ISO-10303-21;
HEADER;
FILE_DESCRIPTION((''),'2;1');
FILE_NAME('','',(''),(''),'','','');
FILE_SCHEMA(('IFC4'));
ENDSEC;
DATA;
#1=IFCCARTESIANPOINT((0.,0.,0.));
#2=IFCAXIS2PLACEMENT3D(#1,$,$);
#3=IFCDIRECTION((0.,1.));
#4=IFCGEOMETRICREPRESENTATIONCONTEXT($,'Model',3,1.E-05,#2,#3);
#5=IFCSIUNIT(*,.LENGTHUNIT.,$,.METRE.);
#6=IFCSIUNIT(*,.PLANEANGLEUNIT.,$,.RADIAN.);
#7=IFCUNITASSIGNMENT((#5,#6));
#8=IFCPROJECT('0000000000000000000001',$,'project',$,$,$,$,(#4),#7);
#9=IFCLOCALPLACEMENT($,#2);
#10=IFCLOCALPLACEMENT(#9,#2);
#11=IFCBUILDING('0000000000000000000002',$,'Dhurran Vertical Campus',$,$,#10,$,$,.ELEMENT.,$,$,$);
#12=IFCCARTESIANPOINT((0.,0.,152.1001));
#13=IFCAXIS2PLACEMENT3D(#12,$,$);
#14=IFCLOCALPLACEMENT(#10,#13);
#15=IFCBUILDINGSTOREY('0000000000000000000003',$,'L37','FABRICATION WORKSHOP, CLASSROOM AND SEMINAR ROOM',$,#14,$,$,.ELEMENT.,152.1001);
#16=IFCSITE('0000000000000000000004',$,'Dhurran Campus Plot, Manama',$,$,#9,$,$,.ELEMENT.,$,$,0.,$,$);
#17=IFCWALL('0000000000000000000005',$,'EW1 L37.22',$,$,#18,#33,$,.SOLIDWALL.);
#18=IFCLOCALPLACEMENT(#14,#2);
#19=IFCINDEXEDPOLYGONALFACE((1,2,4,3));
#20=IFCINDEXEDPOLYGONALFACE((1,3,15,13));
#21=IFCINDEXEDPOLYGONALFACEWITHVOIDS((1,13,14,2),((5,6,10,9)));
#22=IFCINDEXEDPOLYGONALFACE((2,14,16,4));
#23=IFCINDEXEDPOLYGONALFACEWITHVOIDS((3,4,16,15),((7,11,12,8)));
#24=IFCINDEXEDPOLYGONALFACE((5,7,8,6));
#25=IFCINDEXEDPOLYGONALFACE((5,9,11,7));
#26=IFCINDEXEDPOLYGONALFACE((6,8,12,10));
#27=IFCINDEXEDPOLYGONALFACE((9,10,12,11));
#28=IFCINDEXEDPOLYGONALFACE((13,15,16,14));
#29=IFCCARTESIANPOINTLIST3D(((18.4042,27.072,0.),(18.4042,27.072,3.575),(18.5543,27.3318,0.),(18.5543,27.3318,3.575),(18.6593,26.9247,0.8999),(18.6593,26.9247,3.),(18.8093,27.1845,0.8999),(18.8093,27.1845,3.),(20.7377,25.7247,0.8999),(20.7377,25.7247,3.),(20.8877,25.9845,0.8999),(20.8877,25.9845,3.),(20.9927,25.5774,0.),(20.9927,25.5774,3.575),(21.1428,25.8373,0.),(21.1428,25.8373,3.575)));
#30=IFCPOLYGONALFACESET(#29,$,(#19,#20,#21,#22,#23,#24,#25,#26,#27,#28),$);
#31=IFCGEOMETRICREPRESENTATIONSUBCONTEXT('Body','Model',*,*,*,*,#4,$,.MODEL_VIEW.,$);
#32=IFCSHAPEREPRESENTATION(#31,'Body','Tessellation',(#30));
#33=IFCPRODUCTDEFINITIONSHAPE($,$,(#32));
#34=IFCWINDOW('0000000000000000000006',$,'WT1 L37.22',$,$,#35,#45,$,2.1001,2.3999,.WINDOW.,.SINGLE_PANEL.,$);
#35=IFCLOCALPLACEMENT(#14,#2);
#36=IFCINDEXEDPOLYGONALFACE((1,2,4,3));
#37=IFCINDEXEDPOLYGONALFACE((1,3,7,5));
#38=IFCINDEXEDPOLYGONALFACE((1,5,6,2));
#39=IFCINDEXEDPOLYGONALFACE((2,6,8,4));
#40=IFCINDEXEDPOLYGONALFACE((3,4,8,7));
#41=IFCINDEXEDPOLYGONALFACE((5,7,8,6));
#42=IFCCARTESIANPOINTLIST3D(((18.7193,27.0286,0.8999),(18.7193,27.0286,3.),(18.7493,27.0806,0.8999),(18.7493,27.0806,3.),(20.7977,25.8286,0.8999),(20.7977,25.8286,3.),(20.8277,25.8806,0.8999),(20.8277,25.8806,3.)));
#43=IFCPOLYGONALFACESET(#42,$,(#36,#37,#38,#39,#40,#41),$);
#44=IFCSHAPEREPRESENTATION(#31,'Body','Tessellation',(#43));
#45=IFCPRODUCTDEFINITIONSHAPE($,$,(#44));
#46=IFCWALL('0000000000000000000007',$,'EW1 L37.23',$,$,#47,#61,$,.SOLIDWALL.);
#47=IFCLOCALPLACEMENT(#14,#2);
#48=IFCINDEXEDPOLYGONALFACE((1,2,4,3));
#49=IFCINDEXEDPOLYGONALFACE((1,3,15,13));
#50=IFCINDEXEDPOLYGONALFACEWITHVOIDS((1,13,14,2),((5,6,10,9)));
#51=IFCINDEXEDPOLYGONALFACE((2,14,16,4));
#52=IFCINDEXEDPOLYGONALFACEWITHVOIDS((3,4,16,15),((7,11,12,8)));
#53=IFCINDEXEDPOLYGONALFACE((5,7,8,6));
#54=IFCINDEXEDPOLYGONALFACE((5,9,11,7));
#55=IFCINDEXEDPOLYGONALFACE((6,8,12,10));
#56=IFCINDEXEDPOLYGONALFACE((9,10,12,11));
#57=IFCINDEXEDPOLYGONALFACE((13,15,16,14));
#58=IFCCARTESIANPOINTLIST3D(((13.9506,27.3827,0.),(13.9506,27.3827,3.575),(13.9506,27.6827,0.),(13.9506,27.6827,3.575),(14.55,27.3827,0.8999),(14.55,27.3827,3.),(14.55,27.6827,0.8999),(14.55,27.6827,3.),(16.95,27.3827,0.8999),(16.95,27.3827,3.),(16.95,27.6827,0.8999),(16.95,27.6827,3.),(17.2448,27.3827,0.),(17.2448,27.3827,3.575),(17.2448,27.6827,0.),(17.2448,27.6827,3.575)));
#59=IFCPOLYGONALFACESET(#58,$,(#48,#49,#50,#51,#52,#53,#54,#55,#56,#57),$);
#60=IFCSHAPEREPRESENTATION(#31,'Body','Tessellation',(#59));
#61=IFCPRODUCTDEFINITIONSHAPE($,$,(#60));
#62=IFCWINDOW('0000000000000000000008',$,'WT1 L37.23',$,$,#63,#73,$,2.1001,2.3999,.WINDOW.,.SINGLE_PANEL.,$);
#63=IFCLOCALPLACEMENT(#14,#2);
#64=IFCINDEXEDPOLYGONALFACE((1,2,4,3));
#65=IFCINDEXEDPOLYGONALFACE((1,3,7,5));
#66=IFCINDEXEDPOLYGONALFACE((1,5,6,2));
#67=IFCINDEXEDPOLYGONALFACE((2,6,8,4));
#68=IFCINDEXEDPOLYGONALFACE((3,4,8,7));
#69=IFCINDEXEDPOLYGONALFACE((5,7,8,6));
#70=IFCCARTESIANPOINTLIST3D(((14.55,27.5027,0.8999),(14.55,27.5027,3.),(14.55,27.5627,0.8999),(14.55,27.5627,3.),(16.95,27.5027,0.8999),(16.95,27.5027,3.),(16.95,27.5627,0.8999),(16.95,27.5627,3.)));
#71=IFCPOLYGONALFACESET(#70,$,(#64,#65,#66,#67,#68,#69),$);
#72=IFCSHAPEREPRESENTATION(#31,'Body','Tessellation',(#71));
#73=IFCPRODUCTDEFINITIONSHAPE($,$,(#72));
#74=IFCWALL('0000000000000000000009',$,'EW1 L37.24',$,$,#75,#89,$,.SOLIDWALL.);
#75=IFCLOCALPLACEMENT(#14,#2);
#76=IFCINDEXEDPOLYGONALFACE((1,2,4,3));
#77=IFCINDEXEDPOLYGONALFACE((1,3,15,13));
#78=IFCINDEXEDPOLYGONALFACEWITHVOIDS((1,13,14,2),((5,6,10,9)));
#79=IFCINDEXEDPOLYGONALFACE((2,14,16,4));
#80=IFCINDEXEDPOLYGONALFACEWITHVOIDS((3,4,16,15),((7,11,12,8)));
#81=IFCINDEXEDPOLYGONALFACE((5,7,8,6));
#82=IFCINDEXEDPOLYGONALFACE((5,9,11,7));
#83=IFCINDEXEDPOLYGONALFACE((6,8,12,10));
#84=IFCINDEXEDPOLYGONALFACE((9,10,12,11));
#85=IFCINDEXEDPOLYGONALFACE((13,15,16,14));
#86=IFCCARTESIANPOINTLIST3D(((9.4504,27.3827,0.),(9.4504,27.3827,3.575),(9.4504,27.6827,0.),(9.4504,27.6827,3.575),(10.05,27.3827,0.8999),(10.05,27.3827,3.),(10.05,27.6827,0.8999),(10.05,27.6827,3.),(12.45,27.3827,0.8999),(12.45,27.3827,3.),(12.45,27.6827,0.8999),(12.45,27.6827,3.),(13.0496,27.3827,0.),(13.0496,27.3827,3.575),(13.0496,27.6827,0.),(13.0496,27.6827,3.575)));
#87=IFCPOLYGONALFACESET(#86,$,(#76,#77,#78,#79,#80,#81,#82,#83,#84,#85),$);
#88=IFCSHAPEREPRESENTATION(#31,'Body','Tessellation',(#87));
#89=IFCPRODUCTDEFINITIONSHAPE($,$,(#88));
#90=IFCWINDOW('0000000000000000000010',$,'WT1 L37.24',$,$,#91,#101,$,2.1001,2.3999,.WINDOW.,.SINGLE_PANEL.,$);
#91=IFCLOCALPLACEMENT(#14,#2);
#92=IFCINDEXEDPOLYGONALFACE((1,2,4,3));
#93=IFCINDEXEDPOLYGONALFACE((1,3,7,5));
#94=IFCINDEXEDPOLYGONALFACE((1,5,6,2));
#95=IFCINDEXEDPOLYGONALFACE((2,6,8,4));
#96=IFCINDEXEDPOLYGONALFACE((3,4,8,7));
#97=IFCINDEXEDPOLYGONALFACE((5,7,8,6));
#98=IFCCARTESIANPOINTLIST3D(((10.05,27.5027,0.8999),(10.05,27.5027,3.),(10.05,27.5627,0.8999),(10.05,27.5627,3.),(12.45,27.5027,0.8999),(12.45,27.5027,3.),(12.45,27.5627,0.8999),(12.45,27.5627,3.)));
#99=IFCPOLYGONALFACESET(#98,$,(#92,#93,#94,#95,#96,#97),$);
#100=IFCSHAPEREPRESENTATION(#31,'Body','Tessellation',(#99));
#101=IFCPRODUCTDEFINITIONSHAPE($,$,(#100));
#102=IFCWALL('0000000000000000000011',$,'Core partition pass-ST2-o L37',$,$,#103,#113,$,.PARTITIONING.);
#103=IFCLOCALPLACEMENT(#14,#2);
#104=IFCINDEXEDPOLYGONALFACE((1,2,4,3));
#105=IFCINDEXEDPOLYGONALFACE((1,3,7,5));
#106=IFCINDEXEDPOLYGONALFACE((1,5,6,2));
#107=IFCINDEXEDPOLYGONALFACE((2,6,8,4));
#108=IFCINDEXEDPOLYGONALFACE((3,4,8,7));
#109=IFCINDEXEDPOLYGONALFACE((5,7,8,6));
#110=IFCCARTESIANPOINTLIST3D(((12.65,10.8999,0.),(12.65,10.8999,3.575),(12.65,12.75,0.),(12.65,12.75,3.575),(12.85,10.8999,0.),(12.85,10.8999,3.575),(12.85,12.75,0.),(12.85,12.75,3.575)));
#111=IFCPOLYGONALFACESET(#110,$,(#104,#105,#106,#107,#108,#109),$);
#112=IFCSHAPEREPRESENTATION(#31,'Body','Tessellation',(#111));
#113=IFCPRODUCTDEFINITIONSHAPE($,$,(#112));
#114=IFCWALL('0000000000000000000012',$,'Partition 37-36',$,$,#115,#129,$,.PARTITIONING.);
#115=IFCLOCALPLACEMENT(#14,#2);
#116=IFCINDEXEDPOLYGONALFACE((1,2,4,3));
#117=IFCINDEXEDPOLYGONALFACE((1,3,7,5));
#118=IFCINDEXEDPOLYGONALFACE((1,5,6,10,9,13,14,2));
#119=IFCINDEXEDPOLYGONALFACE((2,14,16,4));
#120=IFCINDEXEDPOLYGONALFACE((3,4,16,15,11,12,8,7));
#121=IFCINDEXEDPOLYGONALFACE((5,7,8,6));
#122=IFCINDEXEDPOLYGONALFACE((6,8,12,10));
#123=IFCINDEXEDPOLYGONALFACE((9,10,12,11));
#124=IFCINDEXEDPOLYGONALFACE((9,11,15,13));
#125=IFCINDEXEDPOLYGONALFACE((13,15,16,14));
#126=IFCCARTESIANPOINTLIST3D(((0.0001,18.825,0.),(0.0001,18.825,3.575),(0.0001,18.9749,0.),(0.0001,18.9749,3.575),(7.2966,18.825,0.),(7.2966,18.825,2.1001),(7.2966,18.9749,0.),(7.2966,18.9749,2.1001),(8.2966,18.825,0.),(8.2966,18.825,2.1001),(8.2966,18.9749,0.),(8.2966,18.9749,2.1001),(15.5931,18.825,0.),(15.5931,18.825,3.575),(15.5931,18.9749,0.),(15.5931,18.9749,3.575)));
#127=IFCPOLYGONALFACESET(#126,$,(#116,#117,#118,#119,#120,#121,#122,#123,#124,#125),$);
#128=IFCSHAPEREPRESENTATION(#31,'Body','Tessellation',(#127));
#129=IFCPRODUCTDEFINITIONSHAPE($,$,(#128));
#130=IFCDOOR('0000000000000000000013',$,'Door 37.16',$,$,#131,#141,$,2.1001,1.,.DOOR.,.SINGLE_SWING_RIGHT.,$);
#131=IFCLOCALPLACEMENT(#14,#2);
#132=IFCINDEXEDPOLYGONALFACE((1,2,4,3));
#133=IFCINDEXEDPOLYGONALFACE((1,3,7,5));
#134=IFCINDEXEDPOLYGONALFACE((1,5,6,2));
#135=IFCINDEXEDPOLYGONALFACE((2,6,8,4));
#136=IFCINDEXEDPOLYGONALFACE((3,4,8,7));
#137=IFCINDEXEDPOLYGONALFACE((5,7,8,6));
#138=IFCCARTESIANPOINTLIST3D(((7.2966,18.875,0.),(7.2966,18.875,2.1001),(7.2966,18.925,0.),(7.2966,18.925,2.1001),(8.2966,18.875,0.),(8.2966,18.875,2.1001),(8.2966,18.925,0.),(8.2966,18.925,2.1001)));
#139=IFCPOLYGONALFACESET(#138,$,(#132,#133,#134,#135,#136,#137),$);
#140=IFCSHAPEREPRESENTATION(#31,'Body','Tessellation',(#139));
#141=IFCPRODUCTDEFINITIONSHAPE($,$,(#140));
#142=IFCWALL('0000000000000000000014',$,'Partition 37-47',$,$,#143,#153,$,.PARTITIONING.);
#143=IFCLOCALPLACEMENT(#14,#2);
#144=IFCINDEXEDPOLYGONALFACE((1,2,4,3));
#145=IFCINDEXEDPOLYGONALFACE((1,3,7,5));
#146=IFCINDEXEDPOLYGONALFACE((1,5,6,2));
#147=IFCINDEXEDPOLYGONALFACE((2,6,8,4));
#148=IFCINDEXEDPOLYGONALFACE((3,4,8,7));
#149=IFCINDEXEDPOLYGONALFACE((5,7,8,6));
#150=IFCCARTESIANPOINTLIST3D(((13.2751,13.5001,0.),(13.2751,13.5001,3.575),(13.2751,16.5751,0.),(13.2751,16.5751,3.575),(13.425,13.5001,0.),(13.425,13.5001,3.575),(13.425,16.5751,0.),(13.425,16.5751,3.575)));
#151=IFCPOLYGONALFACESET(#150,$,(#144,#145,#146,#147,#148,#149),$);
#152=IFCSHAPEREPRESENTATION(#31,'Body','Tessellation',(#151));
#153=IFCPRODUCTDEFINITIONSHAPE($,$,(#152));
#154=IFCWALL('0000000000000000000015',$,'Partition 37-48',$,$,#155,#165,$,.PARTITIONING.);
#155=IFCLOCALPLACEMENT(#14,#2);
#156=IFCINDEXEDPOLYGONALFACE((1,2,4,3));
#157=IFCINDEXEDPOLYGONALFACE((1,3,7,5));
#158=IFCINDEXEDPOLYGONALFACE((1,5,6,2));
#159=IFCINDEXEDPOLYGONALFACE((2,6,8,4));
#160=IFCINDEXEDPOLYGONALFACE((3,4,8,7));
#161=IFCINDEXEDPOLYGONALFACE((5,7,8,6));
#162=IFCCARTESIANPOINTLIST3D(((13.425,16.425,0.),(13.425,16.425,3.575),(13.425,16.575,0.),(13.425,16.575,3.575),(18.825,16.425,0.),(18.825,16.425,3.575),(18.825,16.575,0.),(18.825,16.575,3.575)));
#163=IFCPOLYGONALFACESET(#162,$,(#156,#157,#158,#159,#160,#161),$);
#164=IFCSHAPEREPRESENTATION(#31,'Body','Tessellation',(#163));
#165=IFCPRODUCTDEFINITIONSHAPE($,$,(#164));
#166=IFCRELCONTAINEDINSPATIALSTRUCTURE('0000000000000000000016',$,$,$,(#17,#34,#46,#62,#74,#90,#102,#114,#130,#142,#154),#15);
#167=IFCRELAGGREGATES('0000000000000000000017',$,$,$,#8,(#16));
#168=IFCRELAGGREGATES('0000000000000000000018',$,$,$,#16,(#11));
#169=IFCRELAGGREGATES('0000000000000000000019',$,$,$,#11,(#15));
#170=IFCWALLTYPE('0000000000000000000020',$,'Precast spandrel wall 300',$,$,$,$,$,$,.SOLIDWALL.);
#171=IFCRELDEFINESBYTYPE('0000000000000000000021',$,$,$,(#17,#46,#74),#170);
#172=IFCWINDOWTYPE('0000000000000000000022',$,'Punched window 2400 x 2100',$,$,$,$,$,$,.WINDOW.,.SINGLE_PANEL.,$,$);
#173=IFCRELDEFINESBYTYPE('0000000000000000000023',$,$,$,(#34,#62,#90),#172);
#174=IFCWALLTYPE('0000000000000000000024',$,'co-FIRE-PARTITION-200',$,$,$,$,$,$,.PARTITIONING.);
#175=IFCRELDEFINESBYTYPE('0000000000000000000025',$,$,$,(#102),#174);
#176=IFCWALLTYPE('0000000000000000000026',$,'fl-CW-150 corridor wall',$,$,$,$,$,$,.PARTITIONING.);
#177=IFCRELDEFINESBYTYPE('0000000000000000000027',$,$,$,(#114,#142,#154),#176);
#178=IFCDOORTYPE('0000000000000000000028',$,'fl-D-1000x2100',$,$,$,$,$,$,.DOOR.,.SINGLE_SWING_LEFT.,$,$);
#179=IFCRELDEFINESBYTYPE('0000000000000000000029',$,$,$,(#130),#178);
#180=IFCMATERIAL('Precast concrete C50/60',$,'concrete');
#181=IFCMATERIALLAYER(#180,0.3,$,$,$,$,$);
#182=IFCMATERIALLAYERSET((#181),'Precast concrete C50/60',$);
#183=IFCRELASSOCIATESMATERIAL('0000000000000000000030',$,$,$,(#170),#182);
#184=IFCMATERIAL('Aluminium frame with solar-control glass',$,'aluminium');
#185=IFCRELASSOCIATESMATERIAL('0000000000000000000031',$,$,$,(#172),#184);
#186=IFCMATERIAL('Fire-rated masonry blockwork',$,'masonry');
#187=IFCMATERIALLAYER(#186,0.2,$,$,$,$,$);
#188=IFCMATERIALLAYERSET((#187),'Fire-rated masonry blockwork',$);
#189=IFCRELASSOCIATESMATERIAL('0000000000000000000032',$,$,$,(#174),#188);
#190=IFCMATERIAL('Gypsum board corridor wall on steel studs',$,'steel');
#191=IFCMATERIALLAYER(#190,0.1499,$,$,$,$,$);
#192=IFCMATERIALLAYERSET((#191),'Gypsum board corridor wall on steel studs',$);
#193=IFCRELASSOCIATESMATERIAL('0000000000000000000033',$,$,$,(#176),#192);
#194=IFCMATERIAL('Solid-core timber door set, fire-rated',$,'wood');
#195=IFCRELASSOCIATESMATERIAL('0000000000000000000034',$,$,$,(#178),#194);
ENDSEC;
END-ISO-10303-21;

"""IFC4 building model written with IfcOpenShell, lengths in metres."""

from ifc_helpers import new_model, si_unit, direction, frame, frame_2d, origin, place, context, subcontext, project, spatial, rectangle, extrude, material, layer, layer_set, type_object, element, fill, save


model = new_model("IFC4")

# Units and contexts
model_context = context("Model", 3, precision=1e-05, world=origin(), true_north=direction((0.0, 1.0)))
body_context = subcontext(model_context, "Body", "Model", "MODEL_VIEW")
ifc_project = project(units=[si_unit("LENGTHUNIT", "METRE"), si_unit("PLANEANGLEUNIT", "RADIAN")], contexts=[model_context])

# Site, building, storey
site_placement = place(None, origin())
site = spatial("IfcSite", under=ifc_project, at=site_placement, Name="Dhurran Campus Plot, Manama", CompositionType="ELEMENT", RefElevation=0.0)
building_placement = place(site_placement, origin())
building = spatial("IfcBuilding", under=site, at=building_placement, Name="Dhurran Vertical Campus", CompositionType="ELEMENT")
storey_placement = place(building_placement, frame((0.0, 0.0, 152.1001)))
storey = spatial("IfcBuildingStorey", under=building, at=storey_placement, Name="L37", Description="FABRICATION WORKSHOP, CLASSROOM AND SEMINAR ROOM", CompositionType="ELEMENT", Elevation=152.1001)

# Walls, openings, windows
ifc_material_1 = material(Name="Precast concrete C50/60", Category="concrete")
ifc_layer_1 = layer(ifc_material_1, 0.3)
ifc_layer_set_1 = layer_set([ifc_layer_1], Name="Precast concrete C50/60")
wall_type_1 = type_object("IfcWallType", Name="Precast spandrel wall 300", PredefinedType="SOLIDWALL", material=ifc_layer_set_1)
ifc_material_2 = material(Name="Aluminium frame with solar-control glass", Category="aluminium")
window_type = type_object("IfcWindowType", Name="Punched window 2400 x 2100", PartitioningType="SINGLE_PANEL", PredefinedType="WINDOW", material=ifc_material_2)
wall_1_placement = place(storey_placement, frame((21.0679, 25.7073, 0.0), z_axis=(0.0, 0.0, 1.0), x_axis=(-0.866013, 0.500022, 0.0)))
wall_1 = element("IfcWall", 1, at=wall_1_placement, inside=storey, type_object=wall_type_1, Name="EW1 L37.22", PredefinedType="SOLIDWALL", context=body_context, shape_type="SweptSolid", body=[
    extrude(rectangle(XDim=2.989, YDim=0.3, at=frame_2d((1.4946, 0.0))), origin(), (0.0, 0.0, 1.0), 3.575),
])
opening_1_placement = place(wall_1_placement, frame((0.2947, 0.0, 0.8999)))
opening_1 = element("IfcOpeningElement", 2, at=opening_1_placement, cuts=wall_1, PredefinedType="OPENING", context=body_context, shape_type="SweptSolid", body=[
    extrude(rectangle(XDim=2.3999, YDim=2.1001, at=frame_2d((1.2, 1.05))), frame((0.0, 0.1599, 0.0), z_axis=(0.0, -1.0, 0.0), x_axis=(1.0, 0.0, 0.0)), (0.0, 0.0, 1.0), 0.3201),
])
window_1_placement = place(opening_1_placement, origin())
window_1 = element("IfcWindow", 3, at=window_1_placement, inside=storey, type_object=window_type, Name="WT1 L37.22", OverallHeight=2.1001, OverallWidth=2.3999, PartitioningType="SINGLE_PANEL", PredefinedType="WINDOW", context=body_context, shape_type="SweptSolid", body=[
    extrude(rectangle(XDim=2.3999, YDim=2.1001, at=frame_2d((1.2, 1.05))), frame((0.0, 0.03, 0.0), z_axis=(0.0, -1.0, 0.0), x_axis=(1.0, 0.0, 0.0)), (0.0, 0.0, 1.0), 0.0601),
])
fill(opening_1, window_1)
wall_2_placement = place(storey_placement, frame((17.2446, 27.5327, 0.0), z_axis=(0.0, 0.0, 1.0), x_axis=(-1.0, 0.0, 0.0)))
wall_2 = element("IfcWall", 4, at=wall_2_placement, inside=storey, type_object=wall_type_1, Name="EW1 L37.23", PredefinedType="SOLIDWALL", context=body_context, shape_type="SweptSolid", body=[
    extrude(rectangle(XDim=3.2942, YDim=0.3, at=frame_2d((1.647, 0.0))), origin(), (0.0, 0.0, 1.0), 3.575),
])
opening_2_placement = place(wall_2_placement, frame((0.2947, 0.0, 0.8999)))
opening_2 = element("IfcOpeningElement", 5, at=opening_2_placement, cuts=wall_2, PredefinedType="OPENING", context=body_context, shape_type="SweptSolid", body=[
    extrude(rectangle(XDim=2.3999, YDim=2.1001, at=frame_2d((1.2, 1.05))), frame((0.0, 0.1599, 0.0), z_axis=(0.0, -1.0, 0.0), x_axis=(1.0, 0.0, 0.0)), (0.0, 0.0, 1.0), 0.3201),
])
window_2_placement = place(opening_2_placement, origin())
window_2 = element("IfcWindow", 6, at=window_2_placement, inside=storey, type_object=window_type, Name="WT1 L37.23", OverallHeight=2.1001, OverallWidth=2.3999, PartitioningType="SINGLE_PANEL", PredefinedType="WINDOW", context=body_context, shape_type="SweptSolid", body=[
    extrude(rectangle(XDim=2.3999, YDim=2.1001, at=frame_2d((1.2, 1.05))), frame((0.0, 0.03, 0.0), z_axis=(0.0, -1.0, 0.0), x_axis=(1.0, 0.0, 0.0)), (0.0, 0.0, 1.0), 0.0601),
])
fill(opening_2, window_2)
wall_3_placement = place(storey_placement, frame((13.0496, 27.5327, 0.0), z_axis=(0.0, 0.0, 1.0), x_axis=(-1.0, 0.0, 0.0)))
wall_3 = element("IfcWall", 7, at=wall_3_placement, inside=storey, type_object=wall_type_1, Name="EW1 L37.24", PredefinedType="SOLIDWALL", context=body_context, shape_type="SweptSolid", body=[
    extrude(rectangle(XDim=3.5991, YDim=0.3, at=frame_2d((1.7996, 0.0))), origin(), (0.0, 0.0, 1.0), 3.575),
])
opening_3_placement = place(wall_3_placement, frame((0.5996, 0.0, 0.8999)))
opening_3 = element("IfcOpeningElement", 8, at=opening_3_placement, cuts=wall_3, PredefinedType="OPENING", context=body_context, shape_type="SweptSolid", body=[
    extrude(rectangle(XDim=2.3999, YDim=2.1001, at=frame_2d((1.2, 1.05))), frame((0.0, 0.1599, 0.0), z_axis=(0.0, -1.0, 0.0), x_axis=(1.0, 0.0, 0.0)), (0.0, 0.0, 1.0), 0.3201),
])
window_3_placement = place(opening_3_placement, origin())
window_3 = element("IfcWindow", 9, at=window_3_placement, inside=storey, type_object=window_type, Name="WT1 L37.24", OverallHeight=2.1001, OverallWidth=2.3999, PartitioningType="SINGLE_PANEL", PredefinedType="WINDOW", context=body_context, shape_type="SweptSolid", body=[
    extrude(rectangle(XDim=2.3999, YDim=2.1001, at=frame_2d((1.2, 1.05))), frame((0.0, 0.03, 0.0), z_axis=(0.0, -1.0, 0.0), x_axis=(1.0, 0.0, 0.0)), (0.0, 0.0, 1.0), 0.0601),
])
fill(opening_3, window_3)

# Wall
ifc_material_3 = material(Name="Fire-rated masonry blockwork", Category="masonry")
ifc_layer_2 = layer(ifc_material_3, 0.2)
ifc_layer_set_2 = layer_set([ifc_layer_2], Name="Fire-rated masonry blockwork")
wall_type_2 = type_object("IfcWallType", Name="co-FIRE-PARTITION-200", PredefinedType="PARTITIONING", material=ifc_layer_set_2)
wall_4_placement = place(storey_placement, frame((12.75, 10.8999, 0.0), z_axis=(0.0, 0.0, 1.0), x_axis=(0.0, 1.0, 0.0)))
element("IfcWall", 10, at=wall_4_placement, inside=storey, type_object=wall_type_2, Name="Core partition pass-ST2-o L37", PredefinedType="PARTITIONING", context=body_context, shape_type="SweptSolid", body=[
    extrude(rectangle(XDim=1.8501, YDim=0.2, at=frame_2d((0.925, 0.0))), origin(), (0.0, 0.0, 1.0), 3.575),
])

# Wall, opening, door
ifc_material_4 = material(Name="Gypsum board corridor wall on steel studs", Category="steel")
ifc_layer_3 = layer(ifc_material_4, 0.1499)
ifc_layer_set_3 = layer_set([ifc_layer_3], Name="Gypsum board corridor wall on steel studs")
wall_type_3 = type_object("IfcWallType", Name="fl-CW-150 corridor wall", PredefinedType="PARTITIONING", material=ifc_layer_set_3)
wall_5_placement = place(storey_placement, frame((15.593, 18.8999, 0.0), z_axis=(0.0, 0.0, 1.0), x_axis=(-1.0, 0.0, 0.0)))
wall_5 = element("IfcWall", 11, at=wall_5_placement, inside=storey, type_object=wall_type_3, Name="Partition 37-36", PredefinedType="PARTITIONING", context=body_context, shape_type="SweptSolid", body=[
    extrude(rectangle(XDim=15.593, YDim=0.1499, at=frame_2d((7.7964, 0.0))), origin(), (0.0, 0.0, 1.0), 3.575),
])
opening_4_placement = place(wall_5_placement, frame((7.2964, 0.0, 0.0)))
opening_4 = element("IfcOpeningElement", 12, at=opening_4_placement, cuts=wall_5, PredefinedType="OPENING", context=body_context, shape_type="SweptSolid", body=[
    extrude(rectangle(XDim=1.0, YDim=2.1001, at=frame_2d((0.5, 1.05))), frame((0.0, 0.085, 0.0), z_axis=(0.0, -1.0, 0.0), x_axis=(1.0, 0.0, 0.0)), (0.0, 0.0, 1.0), 0.1699),
])
ifc_material_5 = material(Name="Solid-core timber door set, fire-rated", Category="wood")
door_type = type_object("IfcDoorType", Name="fl-D-1000x2100", OperationType="SINGLE_SWING_LEFT", PredefinedType="DOOR", material=ifc_material_5)
door_1_placement = place(opening_4_placement, origin())
door_1 = element("IfcDoor", 13, at=door_1_placement, inside=storey, type_object=door_type, Name="Door 37.16", OperationType="SINGLE_SWING_RIGHT", OverallHeight=2.1001, OverallWidth=1.0, PredefinedType="DOOR", context=body_context, shape_type="SweptSolid", body=[
    extrude(rectangle(XDim=1.0, YDim=2.1001, at=frame_2d((0.5, 1.05))), frame((0.0, 0.0249, 0.0), z_axis=(0.0, -1.0, 0.0), x_axis=(1.0, 0.0, 0.0)), (0.0, 0.0, 1.0), 0.05),
])
fill(opening_4, door_1)

# Walls
wall_6_placement = place(storey_placement, frame((13.3501, 13.5, 0.0), z_axis=(0.0, 0.0, 1.0), x_axis=(0.0, 1.0, 0.0)))
element("IfcWall", 14, at=wall_6_placement, inside=storey, type_object=wall_type_3, Name="Partition 37-47", PredefinedType="PARTITIONING", context=body_context, shape_type="SweptSolid", body=[
    extrude(rectangle(XDim=3.075, YDim=0.1499, at=frame_2d((1.5376, 0.0))), origin(), (0.0, 0.0, 1.0), 3.575),
])
wall_7_placement = place(storey_placement, frame((13.425, 16.5, 0.0), z_axis=(0.0, 0.0, 1.0), x_axis=(1.0, 0.0, 0.0)))
element("IfcWall", 15, at=wall_7_placement, inside=storey, type_object=wall_type_3, Name="Partition 37-48", PredefinedType="PARTITIONING", context=body_context, shape_type="SweptSolid", body=[
    extrude(rectangle(XDim=5.3999, YDim=0.1499, at=frame_2d((2.7, 0.0))), origin(), (0.0, 0.0, 1.0), 3.575),
])

save(model, "model.ifc")
